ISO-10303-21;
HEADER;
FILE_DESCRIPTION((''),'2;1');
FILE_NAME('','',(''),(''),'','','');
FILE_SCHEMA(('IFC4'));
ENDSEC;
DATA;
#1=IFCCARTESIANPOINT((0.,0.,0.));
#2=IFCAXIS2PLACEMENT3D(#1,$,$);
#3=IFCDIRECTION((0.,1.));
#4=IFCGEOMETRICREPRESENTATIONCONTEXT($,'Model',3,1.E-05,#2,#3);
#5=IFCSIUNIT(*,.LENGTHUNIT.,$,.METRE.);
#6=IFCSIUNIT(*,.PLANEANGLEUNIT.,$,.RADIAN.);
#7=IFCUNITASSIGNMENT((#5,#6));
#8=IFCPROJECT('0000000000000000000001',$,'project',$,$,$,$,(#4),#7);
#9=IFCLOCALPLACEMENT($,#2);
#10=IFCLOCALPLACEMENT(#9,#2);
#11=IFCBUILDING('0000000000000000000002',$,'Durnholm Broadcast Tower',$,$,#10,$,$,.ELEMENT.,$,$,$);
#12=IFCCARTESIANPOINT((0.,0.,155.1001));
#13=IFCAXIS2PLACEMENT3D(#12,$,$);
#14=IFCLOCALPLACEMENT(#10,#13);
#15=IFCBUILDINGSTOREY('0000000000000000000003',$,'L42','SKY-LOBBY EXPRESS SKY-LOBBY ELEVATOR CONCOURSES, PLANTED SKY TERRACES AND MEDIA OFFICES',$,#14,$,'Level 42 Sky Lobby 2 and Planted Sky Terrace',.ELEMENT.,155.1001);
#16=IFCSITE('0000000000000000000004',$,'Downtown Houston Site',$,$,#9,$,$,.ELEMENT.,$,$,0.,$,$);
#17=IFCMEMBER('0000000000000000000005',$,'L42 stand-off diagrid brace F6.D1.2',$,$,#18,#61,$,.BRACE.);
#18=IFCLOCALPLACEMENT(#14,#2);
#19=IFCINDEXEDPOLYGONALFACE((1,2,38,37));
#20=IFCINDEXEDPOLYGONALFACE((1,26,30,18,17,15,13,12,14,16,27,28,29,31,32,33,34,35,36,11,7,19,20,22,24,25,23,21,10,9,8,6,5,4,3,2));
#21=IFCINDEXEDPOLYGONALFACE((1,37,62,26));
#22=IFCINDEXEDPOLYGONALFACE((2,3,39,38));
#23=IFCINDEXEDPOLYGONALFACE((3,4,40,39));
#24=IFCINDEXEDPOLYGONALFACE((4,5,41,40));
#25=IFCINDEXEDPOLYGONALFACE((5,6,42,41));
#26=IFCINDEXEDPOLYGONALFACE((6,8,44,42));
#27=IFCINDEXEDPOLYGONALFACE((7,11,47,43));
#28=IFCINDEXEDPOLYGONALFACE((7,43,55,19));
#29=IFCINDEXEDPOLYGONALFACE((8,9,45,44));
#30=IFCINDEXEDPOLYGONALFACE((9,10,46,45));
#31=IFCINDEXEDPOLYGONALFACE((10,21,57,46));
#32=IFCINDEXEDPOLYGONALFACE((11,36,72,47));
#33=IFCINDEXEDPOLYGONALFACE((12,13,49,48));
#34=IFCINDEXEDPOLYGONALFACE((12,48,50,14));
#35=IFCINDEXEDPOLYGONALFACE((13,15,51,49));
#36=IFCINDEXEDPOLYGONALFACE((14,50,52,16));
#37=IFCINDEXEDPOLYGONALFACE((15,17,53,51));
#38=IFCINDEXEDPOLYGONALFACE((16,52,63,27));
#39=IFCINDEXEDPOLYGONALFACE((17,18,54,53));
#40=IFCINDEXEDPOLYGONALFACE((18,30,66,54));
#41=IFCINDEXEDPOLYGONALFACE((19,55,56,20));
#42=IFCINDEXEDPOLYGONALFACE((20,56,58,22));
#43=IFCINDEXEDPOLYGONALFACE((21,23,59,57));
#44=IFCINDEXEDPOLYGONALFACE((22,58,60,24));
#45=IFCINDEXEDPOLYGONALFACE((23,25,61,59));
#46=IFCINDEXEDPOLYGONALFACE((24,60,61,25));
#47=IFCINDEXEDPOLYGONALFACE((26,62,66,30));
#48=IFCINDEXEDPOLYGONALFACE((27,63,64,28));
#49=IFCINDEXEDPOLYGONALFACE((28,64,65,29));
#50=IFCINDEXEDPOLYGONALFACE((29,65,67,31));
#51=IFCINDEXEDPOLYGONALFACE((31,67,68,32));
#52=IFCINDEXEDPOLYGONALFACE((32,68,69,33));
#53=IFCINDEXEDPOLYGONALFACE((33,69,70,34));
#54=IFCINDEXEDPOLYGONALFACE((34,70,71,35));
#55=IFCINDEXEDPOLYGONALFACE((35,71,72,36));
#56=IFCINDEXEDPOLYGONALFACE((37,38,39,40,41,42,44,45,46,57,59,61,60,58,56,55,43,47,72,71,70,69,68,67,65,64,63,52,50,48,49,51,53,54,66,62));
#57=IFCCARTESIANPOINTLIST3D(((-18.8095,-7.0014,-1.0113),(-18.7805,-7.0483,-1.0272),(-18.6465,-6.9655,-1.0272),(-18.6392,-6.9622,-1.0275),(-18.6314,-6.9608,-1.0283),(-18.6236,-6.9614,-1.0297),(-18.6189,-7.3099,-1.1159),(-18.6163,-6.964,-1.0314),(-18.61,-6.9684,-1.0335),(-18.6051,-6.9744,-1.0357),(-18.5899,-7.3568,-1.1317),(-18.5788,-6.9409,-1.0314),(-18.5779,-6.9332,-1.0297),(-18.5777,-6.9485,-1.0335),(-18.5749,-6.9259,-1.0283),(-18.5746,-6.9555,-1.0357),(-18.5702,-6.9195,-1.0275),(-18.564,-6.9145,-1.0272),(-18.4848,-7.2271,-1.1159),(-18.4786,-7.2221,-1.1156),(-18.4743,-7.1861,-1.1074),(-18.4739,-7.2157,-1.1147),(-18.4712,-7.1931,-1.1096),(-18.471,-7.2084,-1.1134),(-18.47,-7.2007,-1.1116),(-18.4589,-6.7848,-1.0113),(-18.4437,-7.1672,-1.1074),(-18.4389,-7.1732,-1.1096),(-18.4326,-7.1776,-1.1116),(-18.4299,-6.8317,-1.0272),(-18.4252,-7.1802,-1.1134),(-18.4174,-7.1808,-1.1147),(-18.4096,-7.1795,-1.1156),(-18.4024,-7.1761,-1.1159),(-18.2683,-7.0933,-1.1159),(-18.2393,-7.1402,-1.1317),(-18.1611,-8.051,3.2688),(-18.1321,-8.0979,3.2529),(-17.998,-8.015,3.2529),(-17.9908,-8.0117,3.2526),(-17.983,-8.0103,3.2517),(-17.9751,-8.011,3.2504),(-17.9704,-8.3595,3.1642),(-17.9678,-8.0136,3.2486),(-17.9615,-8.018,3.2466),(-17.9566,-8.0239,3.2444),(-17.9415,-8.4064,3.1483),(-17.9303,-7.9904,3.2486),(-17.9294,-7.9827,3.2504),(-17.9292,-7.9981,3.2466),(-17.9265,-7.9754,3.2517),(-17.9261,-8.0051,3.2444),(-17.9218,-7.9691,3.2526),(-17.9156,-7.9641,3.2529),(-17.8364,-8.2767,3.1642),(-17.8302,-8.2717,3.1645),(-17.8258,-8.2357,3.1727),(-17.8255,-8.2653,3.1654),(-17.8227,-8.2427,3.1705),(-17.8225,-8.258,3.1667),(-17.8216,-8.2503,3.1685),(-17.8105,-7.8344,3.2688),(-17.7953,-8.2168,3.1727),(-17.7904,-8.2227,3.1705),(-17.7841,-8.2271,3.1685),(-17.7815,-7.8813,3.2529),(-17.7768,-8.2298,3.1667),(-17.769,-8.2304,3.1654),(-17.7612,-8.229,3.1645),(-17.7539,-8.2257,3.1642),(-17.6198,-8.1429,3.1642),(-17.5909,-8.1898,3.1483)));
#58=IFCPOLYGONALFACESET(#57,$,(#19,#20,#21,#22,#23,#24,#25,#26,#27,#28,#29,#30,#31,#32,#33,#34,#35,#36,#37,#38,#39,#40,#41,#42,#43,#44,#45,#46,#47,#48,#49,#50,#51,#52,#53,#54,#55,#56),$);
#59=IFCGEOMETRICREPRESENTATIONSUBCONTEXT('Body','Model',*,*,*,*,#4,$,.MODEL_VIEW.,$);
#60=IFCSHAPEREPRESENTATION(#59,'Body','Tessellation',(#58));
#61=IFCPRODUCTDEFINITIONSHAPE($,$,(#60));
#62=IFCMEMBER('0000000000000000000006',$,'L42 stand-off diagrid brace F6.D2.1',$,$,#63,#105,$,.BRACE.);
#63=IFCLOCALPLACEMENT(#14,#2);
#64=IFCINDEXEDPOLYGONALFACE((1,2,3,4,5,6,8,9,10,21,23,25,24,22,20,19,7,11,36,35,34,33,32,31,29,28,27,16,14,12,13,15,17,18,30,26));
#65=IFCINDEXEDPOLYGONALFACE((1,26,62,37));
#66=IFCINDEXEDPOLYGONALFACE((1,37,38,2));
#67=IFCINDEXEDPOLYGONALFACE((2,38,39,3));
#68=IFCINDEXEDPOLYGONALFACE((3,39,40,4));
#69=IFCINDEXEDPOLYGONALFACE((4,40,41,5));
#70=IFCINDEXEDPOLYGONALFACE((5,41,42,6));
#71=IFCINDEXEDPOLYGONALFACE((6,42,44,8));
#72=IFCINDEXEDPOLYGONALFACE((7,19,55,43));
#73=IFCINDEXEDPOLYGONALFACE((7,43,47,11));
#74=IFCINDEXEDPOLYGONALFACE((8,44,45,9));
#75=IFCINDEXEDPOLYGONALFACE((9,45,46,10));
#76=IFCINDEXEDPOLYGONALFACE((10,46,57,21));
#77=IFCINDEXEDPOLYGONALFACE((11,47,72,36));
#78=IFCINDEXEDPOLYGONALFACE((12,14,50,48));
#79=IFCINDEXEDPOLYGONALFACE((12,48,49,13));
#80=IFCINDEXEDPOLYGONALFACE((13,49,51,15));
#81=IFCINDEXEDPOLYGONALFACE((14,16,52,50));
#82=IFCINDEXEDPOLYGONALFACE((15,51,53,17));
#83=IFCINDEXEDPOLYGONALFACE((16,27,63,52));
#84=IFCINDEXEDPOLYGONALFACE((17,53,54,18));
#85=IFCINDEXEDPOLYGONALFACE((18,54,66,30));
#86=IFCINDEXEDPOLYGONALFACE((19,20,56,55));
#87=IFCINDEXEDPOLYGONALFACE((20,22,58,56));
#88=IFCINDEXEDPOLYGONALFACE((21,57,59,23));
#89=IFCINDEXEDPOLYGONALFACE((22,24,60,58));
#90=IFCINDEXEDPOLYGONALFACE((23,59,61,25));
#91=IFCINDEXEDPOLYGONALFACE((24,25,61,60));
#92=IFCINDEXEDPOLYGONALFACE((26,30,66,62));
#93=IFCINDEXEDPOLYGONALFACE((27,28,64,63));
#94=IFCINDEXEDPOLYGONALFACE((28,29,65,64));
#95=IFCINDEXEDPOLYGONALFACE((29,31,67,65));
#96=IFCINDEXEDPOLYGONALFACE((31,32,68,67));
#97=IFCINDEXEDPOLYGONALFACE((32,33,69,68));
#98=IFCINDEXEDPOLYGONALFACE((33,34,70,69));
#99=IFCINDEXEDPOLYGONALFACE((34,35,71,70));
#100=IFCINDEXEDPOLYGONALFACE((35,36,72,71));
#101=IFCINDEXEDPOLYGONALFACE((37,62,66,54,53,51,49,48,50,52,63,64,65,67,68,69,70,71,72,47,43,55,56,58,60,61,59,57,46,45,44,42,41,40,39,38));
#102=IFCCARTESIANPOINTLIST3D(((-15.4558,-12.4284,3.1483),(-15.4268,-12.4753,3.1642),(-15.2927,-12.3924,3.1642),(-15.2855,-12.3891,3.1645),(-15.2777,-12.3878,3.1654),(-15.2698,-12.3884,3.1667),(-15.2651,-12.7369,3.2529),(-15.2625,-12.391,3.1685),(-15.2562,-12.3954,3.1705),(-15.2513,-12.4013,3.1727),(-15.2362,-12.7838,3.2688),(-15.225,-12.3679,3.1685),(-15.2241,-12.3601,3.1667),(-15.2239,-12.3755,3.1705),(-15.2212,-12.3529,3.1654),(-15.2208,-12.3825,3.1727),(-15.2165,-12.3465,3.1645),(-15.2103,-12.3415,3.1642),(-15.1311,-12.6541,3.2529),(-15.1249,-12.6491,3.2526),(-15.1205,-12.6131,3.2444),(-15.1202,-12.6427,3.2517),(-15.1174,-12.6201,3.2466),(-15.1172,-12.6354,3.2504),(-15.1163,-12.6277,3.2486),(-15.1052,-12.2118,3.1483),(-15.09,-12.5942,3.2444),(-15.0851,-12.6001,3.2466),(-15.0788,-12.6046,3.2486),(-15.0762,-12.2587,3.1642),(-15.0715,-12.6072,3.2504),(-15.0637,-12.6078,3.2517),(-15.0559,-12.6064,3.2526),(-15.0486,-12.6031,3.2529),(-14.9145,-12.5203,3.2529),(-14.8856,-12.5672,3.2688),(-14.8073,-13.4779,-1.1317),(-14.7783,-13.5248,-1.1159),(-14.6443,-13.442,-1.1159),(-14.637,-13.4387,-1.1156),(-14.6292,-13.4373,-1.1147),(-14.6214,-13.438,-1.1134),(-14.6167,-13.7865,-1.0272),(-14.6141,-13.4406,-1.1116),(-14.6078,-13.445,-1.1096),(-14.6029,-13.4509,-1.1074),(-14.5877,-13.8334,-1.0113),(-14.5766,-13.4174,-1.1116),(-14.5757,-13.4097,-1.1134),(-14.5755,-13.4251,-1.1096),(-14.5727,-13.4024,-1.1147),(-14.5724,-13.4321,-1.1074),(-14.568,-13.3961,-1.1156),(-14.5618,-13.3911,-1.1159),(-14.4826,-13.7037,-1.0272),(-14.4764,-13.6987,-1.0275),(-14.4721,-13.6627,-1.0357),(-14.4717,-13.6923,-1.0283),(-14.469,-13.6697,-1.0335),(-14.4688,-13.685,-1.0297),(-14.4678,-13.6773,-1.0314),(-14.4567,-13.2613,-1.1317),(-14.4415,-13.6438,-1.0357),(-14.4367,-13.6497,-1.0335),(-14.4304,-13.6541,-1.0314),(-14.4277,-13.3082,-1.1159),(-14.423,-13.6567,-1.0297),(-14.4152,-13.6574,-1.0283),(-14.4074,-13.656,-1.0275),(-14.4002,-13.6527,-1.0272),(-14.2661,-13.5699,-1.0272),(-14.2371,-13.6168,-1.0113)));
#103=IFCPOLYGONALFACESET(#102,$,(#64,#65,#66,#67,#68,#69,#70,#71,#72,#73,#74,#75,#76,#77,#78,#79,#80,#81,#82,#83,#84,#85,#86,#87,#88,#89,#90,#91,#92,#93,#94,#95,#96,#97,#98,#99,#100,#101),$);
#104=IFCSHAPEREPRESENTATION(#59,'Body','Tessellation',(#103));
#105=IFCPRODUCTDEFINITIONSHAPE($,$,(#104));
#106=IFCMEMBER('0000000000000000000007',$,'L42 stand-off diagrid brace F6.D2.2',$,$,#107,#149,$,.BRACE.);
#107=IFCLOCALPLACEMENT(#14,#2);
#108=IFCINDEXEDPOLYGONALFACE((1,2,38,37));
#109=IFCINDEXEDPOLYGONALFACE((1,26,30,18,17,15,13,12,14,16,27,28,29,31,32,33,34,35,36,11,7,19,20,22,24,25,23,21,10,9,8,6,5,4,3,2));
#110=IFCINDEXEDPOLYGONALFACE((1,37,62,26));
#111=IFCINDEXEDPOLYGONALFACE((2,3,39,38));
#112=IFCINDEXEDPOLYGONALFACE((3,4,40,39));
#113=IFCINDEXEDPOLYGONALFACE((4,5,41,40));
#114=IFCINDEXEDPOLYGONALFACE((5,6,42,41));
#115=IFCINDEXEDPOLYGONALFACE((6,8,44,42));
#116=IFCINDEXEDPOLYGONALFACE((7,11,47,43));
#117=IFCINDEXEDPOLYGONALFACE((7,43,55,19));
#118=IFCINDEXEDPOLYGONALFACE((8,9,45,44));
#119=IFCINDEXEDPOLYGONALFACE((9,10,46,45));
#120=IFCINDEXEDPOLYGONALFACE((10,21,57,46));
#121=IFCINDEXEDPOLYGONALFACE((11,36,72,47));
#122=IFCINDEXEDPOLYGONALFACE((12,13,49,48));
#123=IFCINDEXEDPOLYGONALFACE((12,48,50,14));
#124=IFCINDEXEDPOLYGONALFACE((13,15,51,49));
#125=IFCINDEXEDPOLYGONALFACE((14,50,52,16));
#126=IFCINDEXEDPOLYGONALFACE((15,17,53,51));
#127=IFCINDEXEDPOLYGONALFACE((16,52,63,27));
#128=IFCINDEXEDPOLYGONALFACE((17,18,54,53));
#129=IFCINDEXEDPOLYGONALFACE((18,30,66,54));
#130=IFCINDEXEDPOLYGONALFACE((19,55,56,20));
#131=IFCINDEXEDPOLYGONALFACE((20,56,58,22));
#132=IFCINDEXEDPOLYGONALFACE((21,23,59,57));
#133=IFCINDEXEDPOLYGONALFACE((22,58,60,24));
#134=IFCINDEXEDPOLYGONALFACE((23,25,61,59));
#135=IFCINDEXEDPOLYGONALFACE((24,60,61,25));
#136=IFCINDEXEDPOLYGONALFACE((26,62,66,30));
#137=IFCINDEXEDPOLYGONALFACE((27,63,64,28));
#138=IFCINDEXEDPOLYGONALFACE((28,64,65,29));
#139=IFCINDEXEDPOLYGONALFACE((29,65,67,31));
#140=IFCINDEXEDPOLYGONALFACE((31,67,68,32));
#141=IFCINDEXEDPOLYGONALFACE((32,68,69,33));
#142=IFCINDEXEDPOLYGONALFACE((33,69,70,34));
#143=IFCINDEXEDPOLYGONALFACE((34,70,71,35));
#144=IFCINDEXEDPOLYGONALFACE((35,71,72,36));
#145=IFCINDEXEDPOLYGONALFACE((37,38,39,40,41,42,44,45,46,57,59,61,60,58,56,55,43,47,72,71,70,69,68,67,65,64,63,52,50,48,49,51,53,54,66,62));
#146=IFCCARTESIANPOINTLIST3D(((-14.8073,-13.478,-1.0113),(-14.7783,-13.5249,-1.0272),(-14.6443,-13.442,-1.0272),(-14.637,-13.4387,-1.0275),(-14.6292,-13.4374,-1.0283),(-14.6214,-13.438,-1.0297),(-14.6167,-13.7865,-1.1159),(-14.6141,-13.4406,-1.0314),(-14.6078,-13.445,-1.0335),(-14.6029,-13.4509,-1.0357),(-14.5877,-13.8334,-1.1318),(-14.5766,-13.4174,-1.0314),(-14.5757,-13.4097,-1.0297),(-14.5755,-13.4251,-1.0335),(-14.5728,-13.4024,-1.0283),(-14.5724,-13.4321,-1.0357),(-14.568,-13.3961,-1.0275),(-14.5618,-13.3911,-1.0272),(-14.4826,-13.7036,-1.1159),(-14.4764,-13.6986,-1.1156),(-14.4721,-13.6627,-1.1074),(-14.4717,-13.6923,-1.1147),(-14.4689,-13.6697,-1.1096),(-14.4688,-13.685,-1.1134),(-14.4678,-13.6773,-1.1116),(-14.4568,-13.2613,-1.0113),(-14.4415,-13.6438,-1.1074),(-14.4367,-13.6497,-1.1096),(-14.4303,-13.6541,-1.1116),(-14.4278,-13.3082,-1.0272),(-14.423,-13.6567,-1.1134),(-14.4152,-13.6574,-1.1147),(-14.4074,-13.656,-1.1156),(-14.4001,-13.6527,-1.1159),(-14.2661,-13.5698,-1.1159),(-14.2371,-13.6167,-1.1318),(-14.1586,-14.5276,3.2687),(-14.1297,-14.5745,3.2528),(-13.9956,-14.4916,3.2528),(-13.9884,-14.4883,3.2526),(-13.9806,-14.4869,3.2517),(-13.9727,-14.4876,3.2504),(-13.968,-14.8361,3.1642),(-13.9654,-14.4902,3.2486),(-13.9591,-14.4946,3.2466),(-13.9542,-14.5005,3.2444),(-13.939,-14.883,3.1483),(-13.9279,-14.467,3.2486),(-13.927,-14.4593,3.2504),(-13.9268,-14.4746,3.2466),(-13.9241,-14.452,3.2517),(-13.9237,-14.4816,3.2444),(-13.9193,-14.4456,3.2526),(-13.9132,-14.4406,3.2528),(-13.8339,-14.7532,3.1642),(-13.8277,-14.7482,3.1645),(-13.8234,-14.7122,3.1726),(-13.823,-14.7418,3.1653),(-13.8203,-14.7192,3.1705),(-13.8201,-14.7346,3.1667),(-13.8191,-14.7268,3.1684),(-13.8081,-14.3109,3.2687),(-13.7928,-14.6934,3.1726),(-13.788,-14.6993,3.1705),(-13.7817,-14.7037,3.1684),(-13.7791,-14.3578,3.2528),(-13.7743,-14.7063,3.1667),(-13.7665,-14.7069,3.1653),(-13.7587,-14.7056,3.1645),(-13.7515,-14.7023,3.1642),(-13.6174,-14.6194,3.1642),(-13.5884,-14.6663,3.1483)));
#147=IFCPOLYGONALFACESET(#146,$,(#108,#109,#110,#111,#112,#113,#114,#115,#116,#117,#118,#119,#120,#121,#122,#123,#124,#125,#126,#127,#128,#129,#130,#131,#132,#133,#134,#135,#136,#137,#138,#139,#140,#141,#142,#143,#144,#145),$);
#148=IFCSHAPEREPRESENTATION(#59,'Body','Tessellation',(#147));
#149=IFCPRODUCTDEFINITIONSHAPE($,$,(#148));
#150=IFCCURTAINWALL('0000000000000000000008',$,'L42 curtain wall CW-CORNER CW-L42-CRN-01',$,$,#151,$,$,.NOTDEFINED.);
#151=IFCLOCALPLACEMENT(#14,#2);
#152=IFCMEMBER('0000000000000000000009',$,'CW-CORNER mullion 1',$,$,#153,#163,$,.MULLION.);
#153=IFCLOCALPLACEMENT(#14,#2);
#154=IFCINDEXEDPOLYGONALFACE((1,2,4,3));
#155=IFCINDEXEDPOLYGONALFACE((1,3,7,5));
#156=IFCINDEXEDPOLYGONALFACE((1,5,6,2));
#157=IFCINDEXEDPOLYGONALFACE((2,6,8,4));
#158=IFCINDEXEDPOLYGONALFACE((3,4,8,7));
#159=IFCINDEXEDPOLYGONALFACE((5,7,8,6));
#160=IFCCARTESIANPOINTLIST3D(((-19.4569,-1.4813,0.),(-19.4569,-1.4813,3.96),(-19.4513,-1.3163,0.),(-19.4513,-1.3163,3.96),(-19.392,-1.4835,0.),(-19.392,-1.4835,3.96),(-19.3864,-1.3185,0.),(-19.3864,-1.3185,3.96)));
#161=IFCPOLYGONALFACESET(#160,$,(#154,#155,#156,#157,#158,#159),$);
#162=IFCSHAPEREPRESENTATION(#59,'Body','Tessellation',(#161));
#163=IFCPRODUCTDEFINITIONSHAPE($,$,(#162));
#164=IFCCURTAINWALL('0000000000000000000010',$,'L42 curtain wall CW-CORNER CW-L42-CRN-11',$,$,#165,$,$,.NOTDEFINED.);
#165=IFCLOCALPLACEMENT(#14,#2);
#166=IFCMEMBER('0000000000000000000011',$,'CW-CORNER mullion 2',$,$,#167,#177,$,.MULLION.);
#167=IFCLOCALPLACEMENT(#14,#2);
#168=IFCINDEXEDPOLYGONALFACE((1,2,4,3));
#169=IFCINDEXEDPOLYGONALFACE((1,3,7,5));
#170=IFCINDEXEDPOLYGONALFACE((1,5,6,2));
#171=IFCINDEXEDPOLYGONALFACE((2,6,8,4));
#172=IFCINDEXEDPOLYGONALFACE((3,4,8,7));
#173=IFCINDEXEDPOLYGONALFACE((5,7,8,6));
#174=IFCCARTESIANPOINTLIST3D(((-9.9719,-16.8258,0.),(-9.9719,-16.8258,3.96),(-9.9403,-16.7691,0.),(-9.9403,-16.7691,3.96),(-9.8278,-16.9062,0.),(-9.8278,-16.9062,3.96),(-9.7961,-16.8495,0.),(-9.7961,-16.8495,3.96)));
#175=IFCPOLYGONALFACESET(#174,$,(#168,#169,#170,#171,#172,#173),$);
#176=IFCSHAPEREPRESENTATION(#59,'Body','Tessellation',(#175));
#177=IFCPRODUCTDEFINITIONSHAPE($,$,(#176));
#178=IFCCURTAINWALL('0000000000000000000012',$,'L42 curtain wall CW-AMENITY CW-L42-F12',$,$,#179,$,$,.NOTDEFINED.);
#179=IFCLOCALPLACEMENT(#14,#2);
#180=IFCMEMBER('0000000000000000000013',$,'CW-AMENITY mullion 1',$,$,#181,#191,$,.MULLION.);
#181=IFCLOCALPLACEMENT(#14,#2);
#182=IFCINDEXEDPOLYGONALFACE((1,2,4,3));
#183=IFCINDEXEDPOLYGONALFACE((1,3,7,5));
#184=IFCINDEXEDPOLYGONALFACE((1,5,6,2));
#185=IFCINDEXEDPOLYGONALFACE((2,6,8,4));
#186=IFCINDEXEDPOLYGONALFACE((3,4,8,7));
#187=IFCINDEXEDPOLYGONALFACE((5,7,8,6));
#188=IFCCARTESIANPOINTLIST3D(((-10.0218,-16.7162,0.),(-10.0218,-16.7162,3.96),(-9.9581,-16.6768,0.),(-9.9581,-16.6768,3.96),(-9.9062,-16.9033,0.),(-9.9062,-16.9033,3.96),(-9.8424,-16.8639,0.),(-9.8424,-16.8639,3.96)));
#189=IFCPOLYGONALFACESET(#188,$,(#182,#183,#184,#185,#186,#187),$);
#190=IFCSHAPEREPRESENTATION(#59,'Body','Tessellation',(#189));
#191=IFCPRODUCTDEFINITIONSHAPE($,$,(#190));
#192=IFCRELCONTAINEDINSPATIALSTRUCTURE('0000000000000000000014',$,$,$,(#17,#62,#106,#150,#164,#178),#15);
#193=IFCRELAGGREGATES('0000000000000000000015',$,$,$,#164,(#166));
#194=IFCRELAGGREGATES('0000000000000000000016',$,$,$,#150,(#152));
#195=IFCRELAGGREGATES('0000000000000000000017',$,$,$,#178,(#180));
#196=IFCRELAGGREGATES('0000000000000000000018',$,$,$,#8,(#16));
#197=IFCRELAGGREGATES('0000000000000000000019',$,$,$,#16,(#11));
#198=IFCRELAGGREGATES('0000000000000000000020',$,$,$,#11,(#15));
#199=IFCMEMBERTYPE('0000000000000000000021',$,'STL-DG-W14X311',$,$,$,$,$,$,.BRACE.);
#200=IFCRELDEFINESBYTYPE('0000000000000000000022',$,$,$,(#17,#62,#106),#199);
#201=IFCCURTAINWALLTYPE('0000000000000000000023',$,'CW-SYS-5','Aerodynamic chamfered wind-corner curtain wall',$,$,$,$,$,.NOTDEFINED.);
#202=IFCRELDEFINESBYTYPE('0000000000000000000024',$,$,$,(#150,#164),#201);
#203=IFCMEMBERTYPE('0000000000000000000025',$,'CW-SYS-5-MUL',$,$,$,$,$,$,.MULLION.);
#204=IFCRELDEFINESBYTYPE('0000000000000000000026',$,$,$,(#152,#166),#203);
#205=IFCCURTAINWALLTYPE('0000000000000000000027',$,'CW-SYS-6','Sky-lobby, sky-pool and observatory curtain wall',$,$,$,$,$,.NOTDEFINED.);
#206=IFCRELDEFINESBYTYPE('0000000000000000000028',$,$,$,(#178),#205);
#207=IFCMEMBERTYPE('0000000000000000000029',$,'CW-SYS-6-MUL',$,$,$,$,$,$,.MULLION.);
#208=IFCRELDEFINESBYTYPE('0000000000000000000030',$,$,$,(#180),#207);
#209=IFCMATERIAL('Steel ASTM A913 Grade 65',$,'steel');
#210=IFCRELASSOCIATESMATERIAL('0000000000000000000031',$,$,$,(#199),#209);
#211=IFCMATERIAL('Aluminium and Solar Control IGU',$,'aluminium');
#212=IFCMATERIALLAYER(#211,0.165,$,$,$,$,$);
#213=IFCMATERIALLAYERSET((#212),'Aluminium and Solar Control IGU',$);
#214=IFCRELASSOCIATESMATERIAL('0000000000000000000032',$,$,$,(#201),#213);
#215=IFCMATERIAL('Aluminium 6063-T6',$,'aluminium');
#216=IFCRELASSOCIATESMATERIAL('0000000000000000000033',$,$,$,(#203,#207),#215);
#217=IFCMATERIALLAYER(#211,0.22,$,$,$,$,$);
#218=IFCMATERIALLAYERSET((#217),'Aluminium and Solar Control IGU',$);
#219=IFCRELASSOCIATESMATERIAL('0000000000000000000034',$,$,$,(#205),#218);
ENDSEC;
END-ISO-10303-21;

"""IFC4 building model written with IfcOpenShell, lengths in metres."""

from ifc_helpers import new_model, si_unit, direction, frame, origin, origin_2d, place, context, subcontext, project, spatial, rectangle, i_section, extrude, source, transform, mapped, material, layer, layer_set, material_profile, profile_set, type_object, type_shapes, element, aggregate, save


model = new_model("IFC4")

# Units and contexts
model_context = context("Model", 3, precision=1e-05, world=origin(), true_north=direction((0.0, 1.0)))
body_context = subcontext(model_context, "Body", "Model", "MODEL_VIEW")
ifc_project = project(units=[si_unit("LENGTHUNIT", "METRE"), si_unit("PLANEANGLEUNIT", "RADIAN")], contexts=[model_context])

# Site, building, storey
site_placement = place(None, origin())
site = spatial("IfcSite", under=ifc_project, at=site_placement, Name="Downtown Houston Site", CompositionType="ELEMENT", RefElevation=0.0)
building_placement = place(site_placement, origin())
building = spatial("IfcBuilding", under=site, at=building_placement, Name="Durnholm Broadcast Tower", CompositionType="ELEMENT")
storey_placement = place(building_placement, frame((0.0, 0.0, 155.1001)))
storey = spatial("IfcBuildingStorey", under=building, at=storey_placement, Name="L42", Description="SKY-LOBBY EXPRESS SKY-LOBBY ELEVATOR CONCOURSES, PLANTED SKY TERRACES AND MEDIA OFFICES", LongName="Level 42 Sky Lobby 2 and Planted Sky Terrace", CompositionType="ELEMENT", Elevation=155.1001)

# Members
ifc_material_1 = material(Name="Steel ASTM A913 Grade 65", Category="steel")
ifc_material_profile_1 = material_profile(ifc_material_1, i_section(OverallWidth=0.4121, OverallDepth=0.4348, WebThickness=0.0359, FlangeThickness=0.0574, FilletRadius=0.0305, at=origin_2d()), Name="W14X311")
ifc_profile_set_1 = profile_set([ifc_material_profile_1], Name="Steel ASTM A913 Grade 65")
member_type_1 = type_object("IfcMemberType", Name="STL-DG-W14X311", PredefinedType="BRACE", material=ifc_profile_set_1)
shared_shape_1 = source(origin(), body_context, "Body", "SweptSolid", [
    extrude(i_section(OverallWidth=0.4121, OverallDepth=0.4348, WebThickness=0.0359, FlangeThickness=0.0574, FilletRadius=0.0305, at=origin_2d()), origin(), (0.0, 0.0, 1.0), 4.4543),
])
type_shapes(member_type_1, [shared_shape_1])
for number, where, z_axis, x_axis, name in (
    (1, (-18.5244, -7.0708, -1.0715), (0.145576, -0.235629, 0.960878), (0.850733, 0.525598, 0.0), "L42 stand-off diagrid brace F6.D1.2"),
    (2, (-14.5222, -13.5474, -1.0715), (-0.145576, 0.235629, 0.960878), (-0.850733, -0.525598, 0.0), "L42 stand-off diagrid brace F6.D2.1"),
    (3, (-14.5222, -13.5474, -1.0715), (0.14563, -0.235627, 0.96087), (0.850644, 0.525741, 0.0), "L42 stand-off diagrid brace F6.D2.2"),
):
    element("IfcMember", number, at=place(storey_placement, frame(where, z_axis=z_axis, x_axis=x_axis)), inside=storey, type_object=member_type_1, Name=name, PredefinedType="BRACE", context=body_context, shape_type="MappedRepresentation", body=[
        mapped(shared_shape_1, transform((0.0, 0.0, 0.0), x_axis=(1.0, 0.0, 0.0), y_axis=(0.0, 1.0, 0.0), z_axis=(0.0, 0.0, 1.0), scale=1.0)),
    ])

# Curtain walls, members
ifc_material_2 = material(Name="Aluminium and Solar Control IGU", Category="aluminium")
ifc_layer_1 = layer(ifc_material_2, 0.165)
ifc_layer_set_1 = layer_set([ifc_layer_1], Name="Aluminium and Solar Control IGU")
curtain_wall_type_1 = type_object("IfcCurtainWallType", Name="CW-SYS-5", Description="Aerodynamic chamfered wind-corner curtain wall", PredefinedType="NOTDEFINED", material=ifc_layer_set_1)
curtain_wall_1_placement = place(storey_placement, origin())
curtain_wall_1 = element("IfcCurtainWall", 4, at=curtain_wall_1_placement, inside=storey, type_object=curtain_wall_type_1, Name="L42 curtain wall CW-CORNER CW-L42-CRN-01", PredefinedType="NOTDEFINED")
ifc_material_3 = material(Name="Aluminium 6063-T6", Category="aluminium")
ifc_material_profile_2 = material_profile(ifc_material_3, rectangle(XDim=0.0649, YDim=0.165, at=origin_2d()), Name="CWM65X165")
ifc_profile_set_2 = profile_set([ifc_material_profile_2], Name="Aluminium 6063-T6")
member_type_2 = type_object("IfcMemberType", Name="CW-SYS-5-MUL", PredefinedType="MULLION", material=ifc_profile_set_2)
shared_shape_2 = source(origin(), body_context, "Body", "SweptSolid", [
    extrude(rectangle(XDim=0.0649, YDim=0.165, at=origin_2d()), origin(), (0.0, 0.0, 1.0), 3.96),
])
type_shapes(member_type_2, [shared_shape_2])
member_1_placement = place(storey_placement, frame((-19.4216, -1.3999, 0.0), z_axis=(0.0, 0.0, 1.0), x_axis=(-0.999425, 0.033913, 0.0)))
member_1 = element("IfcMember", 5, at=member_1_placement, type_object=member_type_2, Name="CW-CORNER mullion 1", PredefinedType="MULLION", context=body_context, shape_type="MappedRepresentation", body=[
    mapped(shared_shape_2, transform((0.0, 0.0, 0.0), x_axis=(1.0, 0.0, 0.0), y_axis=(0.0, 1.0, 0.0), z_axis=(0.0, 0.0, 1.0), scale=1.0)),
])
curtain_wall_2_placement = place(storey_placement, origin())
curtain_wall_2 = element("IfcCurtainWall", 6, at=curtain_wall_2_placement, inside=storey, type_object=curtain_wall_type_1, Name="L42 curtain wall CW-CORNER CW-L42-CRN-11", PredefinedType="NOTDEFINED")
member_2_placement = place(storey_placement, frame((-9.884, -16.8376, 0.0), z_axis=(0.0, 0.0, 1.0), x_axis=(-0.486986, -0.87341, 0.0)))
member_2 = element("IfcMember", 7, at=member_2_placement, type_object=member_type_2, Name="CW-CORNER mullion 2", PredefinedType="MULLION", context=body_context, shape_type="MappedRepresentation", body=[
    mapped(shared_shape_2, transform((0.0, 0.0, 0.0), x_axis=(1.0, 0.0, 0.0), y_axis=(0.0, 1.0, 0.0), z_axis=(0.0, 0.0, 1.0), scale=1.0)),
])
aggregate(curtain_wall_2, [member_2])

# Curtain wall, member
ifc_layer_2 = layer(ifc_material_2, 0.22)
ifc_layer_set_2 = layer_set([ifc_layer_2], Name="Aluminium and Solar Control IGU")
curtain_wall_type_2 = type_object("IfcCurtainWallType", Name="CW-SYS-6", Description="Sky-lobby, sky-pool and observatory curtain wall", PredefinedType="NOTDEFINED", material=ifc_layer_set_2)
curtain_wall_3_placement = place(storey_placement, origin())
curtain_wall_3 = element("IfcCurtainWall", 8, at=curtain_wall_3_placement, inside=storey, type_object=curtain_wall_type_2, Name="L42 curtain wall CW-AMENITY CW-L42-F12", PredefinedType="NOTDEFINED")
ifc_material_profile_3 = material_profile(ifc_material_3, rectangle(XDim=0.075, YDim=0.22, at=origin_2d()), Name="CWM75X220")
ifc_profile_set_3 = profile_set([ifc_material_profile_3], Name="Aluminium 6063-T6")
member_type_3 = type_object("IfcMemberType", Name="CW-SYS-6-MUL", PredefinedType="MULLION", material=ifc_profile_set_3)
shared_shape_3 = source(origin(), body_context, "Body", "SweptSolid", [
    extrude(rectangle(XDim=0.075, YDim=0.22, at=origin_2d()), origin(), (0.0, 0.0, 1.0), 3.96),
])
type_shapes(member_type_3, [shared_shape_3])
member_3_placement = place(storey_placement, frame((-9.9321, -16.79, 0.0), z_axis=(0.0, 0.0, 1.0), x_axis=(-0.850671, -0.525698, 0.0)))
member_3 = element("IfcMember", 9, at=member_3_placement, type_object=member_type_3, Name="CW-AMENITY mullion 1", PredefinedType="MULLION", context=body_context, shape_type="MappedRepresentation", body=[
    mapped(shared_shape_3, transform((0.0, 0.0, 0.0), x_axis=(1.0, 0.0, 0.0), y_axis=(0.0, 1.0, 0.0), z_axis=(0.0, 0.0, 1.0), scale=1.0)),
])

aggregate(curtain_wall_1, [member_1])
aggregate(curtain_wall_3, [member_3])

save(model, "model.ifc")
